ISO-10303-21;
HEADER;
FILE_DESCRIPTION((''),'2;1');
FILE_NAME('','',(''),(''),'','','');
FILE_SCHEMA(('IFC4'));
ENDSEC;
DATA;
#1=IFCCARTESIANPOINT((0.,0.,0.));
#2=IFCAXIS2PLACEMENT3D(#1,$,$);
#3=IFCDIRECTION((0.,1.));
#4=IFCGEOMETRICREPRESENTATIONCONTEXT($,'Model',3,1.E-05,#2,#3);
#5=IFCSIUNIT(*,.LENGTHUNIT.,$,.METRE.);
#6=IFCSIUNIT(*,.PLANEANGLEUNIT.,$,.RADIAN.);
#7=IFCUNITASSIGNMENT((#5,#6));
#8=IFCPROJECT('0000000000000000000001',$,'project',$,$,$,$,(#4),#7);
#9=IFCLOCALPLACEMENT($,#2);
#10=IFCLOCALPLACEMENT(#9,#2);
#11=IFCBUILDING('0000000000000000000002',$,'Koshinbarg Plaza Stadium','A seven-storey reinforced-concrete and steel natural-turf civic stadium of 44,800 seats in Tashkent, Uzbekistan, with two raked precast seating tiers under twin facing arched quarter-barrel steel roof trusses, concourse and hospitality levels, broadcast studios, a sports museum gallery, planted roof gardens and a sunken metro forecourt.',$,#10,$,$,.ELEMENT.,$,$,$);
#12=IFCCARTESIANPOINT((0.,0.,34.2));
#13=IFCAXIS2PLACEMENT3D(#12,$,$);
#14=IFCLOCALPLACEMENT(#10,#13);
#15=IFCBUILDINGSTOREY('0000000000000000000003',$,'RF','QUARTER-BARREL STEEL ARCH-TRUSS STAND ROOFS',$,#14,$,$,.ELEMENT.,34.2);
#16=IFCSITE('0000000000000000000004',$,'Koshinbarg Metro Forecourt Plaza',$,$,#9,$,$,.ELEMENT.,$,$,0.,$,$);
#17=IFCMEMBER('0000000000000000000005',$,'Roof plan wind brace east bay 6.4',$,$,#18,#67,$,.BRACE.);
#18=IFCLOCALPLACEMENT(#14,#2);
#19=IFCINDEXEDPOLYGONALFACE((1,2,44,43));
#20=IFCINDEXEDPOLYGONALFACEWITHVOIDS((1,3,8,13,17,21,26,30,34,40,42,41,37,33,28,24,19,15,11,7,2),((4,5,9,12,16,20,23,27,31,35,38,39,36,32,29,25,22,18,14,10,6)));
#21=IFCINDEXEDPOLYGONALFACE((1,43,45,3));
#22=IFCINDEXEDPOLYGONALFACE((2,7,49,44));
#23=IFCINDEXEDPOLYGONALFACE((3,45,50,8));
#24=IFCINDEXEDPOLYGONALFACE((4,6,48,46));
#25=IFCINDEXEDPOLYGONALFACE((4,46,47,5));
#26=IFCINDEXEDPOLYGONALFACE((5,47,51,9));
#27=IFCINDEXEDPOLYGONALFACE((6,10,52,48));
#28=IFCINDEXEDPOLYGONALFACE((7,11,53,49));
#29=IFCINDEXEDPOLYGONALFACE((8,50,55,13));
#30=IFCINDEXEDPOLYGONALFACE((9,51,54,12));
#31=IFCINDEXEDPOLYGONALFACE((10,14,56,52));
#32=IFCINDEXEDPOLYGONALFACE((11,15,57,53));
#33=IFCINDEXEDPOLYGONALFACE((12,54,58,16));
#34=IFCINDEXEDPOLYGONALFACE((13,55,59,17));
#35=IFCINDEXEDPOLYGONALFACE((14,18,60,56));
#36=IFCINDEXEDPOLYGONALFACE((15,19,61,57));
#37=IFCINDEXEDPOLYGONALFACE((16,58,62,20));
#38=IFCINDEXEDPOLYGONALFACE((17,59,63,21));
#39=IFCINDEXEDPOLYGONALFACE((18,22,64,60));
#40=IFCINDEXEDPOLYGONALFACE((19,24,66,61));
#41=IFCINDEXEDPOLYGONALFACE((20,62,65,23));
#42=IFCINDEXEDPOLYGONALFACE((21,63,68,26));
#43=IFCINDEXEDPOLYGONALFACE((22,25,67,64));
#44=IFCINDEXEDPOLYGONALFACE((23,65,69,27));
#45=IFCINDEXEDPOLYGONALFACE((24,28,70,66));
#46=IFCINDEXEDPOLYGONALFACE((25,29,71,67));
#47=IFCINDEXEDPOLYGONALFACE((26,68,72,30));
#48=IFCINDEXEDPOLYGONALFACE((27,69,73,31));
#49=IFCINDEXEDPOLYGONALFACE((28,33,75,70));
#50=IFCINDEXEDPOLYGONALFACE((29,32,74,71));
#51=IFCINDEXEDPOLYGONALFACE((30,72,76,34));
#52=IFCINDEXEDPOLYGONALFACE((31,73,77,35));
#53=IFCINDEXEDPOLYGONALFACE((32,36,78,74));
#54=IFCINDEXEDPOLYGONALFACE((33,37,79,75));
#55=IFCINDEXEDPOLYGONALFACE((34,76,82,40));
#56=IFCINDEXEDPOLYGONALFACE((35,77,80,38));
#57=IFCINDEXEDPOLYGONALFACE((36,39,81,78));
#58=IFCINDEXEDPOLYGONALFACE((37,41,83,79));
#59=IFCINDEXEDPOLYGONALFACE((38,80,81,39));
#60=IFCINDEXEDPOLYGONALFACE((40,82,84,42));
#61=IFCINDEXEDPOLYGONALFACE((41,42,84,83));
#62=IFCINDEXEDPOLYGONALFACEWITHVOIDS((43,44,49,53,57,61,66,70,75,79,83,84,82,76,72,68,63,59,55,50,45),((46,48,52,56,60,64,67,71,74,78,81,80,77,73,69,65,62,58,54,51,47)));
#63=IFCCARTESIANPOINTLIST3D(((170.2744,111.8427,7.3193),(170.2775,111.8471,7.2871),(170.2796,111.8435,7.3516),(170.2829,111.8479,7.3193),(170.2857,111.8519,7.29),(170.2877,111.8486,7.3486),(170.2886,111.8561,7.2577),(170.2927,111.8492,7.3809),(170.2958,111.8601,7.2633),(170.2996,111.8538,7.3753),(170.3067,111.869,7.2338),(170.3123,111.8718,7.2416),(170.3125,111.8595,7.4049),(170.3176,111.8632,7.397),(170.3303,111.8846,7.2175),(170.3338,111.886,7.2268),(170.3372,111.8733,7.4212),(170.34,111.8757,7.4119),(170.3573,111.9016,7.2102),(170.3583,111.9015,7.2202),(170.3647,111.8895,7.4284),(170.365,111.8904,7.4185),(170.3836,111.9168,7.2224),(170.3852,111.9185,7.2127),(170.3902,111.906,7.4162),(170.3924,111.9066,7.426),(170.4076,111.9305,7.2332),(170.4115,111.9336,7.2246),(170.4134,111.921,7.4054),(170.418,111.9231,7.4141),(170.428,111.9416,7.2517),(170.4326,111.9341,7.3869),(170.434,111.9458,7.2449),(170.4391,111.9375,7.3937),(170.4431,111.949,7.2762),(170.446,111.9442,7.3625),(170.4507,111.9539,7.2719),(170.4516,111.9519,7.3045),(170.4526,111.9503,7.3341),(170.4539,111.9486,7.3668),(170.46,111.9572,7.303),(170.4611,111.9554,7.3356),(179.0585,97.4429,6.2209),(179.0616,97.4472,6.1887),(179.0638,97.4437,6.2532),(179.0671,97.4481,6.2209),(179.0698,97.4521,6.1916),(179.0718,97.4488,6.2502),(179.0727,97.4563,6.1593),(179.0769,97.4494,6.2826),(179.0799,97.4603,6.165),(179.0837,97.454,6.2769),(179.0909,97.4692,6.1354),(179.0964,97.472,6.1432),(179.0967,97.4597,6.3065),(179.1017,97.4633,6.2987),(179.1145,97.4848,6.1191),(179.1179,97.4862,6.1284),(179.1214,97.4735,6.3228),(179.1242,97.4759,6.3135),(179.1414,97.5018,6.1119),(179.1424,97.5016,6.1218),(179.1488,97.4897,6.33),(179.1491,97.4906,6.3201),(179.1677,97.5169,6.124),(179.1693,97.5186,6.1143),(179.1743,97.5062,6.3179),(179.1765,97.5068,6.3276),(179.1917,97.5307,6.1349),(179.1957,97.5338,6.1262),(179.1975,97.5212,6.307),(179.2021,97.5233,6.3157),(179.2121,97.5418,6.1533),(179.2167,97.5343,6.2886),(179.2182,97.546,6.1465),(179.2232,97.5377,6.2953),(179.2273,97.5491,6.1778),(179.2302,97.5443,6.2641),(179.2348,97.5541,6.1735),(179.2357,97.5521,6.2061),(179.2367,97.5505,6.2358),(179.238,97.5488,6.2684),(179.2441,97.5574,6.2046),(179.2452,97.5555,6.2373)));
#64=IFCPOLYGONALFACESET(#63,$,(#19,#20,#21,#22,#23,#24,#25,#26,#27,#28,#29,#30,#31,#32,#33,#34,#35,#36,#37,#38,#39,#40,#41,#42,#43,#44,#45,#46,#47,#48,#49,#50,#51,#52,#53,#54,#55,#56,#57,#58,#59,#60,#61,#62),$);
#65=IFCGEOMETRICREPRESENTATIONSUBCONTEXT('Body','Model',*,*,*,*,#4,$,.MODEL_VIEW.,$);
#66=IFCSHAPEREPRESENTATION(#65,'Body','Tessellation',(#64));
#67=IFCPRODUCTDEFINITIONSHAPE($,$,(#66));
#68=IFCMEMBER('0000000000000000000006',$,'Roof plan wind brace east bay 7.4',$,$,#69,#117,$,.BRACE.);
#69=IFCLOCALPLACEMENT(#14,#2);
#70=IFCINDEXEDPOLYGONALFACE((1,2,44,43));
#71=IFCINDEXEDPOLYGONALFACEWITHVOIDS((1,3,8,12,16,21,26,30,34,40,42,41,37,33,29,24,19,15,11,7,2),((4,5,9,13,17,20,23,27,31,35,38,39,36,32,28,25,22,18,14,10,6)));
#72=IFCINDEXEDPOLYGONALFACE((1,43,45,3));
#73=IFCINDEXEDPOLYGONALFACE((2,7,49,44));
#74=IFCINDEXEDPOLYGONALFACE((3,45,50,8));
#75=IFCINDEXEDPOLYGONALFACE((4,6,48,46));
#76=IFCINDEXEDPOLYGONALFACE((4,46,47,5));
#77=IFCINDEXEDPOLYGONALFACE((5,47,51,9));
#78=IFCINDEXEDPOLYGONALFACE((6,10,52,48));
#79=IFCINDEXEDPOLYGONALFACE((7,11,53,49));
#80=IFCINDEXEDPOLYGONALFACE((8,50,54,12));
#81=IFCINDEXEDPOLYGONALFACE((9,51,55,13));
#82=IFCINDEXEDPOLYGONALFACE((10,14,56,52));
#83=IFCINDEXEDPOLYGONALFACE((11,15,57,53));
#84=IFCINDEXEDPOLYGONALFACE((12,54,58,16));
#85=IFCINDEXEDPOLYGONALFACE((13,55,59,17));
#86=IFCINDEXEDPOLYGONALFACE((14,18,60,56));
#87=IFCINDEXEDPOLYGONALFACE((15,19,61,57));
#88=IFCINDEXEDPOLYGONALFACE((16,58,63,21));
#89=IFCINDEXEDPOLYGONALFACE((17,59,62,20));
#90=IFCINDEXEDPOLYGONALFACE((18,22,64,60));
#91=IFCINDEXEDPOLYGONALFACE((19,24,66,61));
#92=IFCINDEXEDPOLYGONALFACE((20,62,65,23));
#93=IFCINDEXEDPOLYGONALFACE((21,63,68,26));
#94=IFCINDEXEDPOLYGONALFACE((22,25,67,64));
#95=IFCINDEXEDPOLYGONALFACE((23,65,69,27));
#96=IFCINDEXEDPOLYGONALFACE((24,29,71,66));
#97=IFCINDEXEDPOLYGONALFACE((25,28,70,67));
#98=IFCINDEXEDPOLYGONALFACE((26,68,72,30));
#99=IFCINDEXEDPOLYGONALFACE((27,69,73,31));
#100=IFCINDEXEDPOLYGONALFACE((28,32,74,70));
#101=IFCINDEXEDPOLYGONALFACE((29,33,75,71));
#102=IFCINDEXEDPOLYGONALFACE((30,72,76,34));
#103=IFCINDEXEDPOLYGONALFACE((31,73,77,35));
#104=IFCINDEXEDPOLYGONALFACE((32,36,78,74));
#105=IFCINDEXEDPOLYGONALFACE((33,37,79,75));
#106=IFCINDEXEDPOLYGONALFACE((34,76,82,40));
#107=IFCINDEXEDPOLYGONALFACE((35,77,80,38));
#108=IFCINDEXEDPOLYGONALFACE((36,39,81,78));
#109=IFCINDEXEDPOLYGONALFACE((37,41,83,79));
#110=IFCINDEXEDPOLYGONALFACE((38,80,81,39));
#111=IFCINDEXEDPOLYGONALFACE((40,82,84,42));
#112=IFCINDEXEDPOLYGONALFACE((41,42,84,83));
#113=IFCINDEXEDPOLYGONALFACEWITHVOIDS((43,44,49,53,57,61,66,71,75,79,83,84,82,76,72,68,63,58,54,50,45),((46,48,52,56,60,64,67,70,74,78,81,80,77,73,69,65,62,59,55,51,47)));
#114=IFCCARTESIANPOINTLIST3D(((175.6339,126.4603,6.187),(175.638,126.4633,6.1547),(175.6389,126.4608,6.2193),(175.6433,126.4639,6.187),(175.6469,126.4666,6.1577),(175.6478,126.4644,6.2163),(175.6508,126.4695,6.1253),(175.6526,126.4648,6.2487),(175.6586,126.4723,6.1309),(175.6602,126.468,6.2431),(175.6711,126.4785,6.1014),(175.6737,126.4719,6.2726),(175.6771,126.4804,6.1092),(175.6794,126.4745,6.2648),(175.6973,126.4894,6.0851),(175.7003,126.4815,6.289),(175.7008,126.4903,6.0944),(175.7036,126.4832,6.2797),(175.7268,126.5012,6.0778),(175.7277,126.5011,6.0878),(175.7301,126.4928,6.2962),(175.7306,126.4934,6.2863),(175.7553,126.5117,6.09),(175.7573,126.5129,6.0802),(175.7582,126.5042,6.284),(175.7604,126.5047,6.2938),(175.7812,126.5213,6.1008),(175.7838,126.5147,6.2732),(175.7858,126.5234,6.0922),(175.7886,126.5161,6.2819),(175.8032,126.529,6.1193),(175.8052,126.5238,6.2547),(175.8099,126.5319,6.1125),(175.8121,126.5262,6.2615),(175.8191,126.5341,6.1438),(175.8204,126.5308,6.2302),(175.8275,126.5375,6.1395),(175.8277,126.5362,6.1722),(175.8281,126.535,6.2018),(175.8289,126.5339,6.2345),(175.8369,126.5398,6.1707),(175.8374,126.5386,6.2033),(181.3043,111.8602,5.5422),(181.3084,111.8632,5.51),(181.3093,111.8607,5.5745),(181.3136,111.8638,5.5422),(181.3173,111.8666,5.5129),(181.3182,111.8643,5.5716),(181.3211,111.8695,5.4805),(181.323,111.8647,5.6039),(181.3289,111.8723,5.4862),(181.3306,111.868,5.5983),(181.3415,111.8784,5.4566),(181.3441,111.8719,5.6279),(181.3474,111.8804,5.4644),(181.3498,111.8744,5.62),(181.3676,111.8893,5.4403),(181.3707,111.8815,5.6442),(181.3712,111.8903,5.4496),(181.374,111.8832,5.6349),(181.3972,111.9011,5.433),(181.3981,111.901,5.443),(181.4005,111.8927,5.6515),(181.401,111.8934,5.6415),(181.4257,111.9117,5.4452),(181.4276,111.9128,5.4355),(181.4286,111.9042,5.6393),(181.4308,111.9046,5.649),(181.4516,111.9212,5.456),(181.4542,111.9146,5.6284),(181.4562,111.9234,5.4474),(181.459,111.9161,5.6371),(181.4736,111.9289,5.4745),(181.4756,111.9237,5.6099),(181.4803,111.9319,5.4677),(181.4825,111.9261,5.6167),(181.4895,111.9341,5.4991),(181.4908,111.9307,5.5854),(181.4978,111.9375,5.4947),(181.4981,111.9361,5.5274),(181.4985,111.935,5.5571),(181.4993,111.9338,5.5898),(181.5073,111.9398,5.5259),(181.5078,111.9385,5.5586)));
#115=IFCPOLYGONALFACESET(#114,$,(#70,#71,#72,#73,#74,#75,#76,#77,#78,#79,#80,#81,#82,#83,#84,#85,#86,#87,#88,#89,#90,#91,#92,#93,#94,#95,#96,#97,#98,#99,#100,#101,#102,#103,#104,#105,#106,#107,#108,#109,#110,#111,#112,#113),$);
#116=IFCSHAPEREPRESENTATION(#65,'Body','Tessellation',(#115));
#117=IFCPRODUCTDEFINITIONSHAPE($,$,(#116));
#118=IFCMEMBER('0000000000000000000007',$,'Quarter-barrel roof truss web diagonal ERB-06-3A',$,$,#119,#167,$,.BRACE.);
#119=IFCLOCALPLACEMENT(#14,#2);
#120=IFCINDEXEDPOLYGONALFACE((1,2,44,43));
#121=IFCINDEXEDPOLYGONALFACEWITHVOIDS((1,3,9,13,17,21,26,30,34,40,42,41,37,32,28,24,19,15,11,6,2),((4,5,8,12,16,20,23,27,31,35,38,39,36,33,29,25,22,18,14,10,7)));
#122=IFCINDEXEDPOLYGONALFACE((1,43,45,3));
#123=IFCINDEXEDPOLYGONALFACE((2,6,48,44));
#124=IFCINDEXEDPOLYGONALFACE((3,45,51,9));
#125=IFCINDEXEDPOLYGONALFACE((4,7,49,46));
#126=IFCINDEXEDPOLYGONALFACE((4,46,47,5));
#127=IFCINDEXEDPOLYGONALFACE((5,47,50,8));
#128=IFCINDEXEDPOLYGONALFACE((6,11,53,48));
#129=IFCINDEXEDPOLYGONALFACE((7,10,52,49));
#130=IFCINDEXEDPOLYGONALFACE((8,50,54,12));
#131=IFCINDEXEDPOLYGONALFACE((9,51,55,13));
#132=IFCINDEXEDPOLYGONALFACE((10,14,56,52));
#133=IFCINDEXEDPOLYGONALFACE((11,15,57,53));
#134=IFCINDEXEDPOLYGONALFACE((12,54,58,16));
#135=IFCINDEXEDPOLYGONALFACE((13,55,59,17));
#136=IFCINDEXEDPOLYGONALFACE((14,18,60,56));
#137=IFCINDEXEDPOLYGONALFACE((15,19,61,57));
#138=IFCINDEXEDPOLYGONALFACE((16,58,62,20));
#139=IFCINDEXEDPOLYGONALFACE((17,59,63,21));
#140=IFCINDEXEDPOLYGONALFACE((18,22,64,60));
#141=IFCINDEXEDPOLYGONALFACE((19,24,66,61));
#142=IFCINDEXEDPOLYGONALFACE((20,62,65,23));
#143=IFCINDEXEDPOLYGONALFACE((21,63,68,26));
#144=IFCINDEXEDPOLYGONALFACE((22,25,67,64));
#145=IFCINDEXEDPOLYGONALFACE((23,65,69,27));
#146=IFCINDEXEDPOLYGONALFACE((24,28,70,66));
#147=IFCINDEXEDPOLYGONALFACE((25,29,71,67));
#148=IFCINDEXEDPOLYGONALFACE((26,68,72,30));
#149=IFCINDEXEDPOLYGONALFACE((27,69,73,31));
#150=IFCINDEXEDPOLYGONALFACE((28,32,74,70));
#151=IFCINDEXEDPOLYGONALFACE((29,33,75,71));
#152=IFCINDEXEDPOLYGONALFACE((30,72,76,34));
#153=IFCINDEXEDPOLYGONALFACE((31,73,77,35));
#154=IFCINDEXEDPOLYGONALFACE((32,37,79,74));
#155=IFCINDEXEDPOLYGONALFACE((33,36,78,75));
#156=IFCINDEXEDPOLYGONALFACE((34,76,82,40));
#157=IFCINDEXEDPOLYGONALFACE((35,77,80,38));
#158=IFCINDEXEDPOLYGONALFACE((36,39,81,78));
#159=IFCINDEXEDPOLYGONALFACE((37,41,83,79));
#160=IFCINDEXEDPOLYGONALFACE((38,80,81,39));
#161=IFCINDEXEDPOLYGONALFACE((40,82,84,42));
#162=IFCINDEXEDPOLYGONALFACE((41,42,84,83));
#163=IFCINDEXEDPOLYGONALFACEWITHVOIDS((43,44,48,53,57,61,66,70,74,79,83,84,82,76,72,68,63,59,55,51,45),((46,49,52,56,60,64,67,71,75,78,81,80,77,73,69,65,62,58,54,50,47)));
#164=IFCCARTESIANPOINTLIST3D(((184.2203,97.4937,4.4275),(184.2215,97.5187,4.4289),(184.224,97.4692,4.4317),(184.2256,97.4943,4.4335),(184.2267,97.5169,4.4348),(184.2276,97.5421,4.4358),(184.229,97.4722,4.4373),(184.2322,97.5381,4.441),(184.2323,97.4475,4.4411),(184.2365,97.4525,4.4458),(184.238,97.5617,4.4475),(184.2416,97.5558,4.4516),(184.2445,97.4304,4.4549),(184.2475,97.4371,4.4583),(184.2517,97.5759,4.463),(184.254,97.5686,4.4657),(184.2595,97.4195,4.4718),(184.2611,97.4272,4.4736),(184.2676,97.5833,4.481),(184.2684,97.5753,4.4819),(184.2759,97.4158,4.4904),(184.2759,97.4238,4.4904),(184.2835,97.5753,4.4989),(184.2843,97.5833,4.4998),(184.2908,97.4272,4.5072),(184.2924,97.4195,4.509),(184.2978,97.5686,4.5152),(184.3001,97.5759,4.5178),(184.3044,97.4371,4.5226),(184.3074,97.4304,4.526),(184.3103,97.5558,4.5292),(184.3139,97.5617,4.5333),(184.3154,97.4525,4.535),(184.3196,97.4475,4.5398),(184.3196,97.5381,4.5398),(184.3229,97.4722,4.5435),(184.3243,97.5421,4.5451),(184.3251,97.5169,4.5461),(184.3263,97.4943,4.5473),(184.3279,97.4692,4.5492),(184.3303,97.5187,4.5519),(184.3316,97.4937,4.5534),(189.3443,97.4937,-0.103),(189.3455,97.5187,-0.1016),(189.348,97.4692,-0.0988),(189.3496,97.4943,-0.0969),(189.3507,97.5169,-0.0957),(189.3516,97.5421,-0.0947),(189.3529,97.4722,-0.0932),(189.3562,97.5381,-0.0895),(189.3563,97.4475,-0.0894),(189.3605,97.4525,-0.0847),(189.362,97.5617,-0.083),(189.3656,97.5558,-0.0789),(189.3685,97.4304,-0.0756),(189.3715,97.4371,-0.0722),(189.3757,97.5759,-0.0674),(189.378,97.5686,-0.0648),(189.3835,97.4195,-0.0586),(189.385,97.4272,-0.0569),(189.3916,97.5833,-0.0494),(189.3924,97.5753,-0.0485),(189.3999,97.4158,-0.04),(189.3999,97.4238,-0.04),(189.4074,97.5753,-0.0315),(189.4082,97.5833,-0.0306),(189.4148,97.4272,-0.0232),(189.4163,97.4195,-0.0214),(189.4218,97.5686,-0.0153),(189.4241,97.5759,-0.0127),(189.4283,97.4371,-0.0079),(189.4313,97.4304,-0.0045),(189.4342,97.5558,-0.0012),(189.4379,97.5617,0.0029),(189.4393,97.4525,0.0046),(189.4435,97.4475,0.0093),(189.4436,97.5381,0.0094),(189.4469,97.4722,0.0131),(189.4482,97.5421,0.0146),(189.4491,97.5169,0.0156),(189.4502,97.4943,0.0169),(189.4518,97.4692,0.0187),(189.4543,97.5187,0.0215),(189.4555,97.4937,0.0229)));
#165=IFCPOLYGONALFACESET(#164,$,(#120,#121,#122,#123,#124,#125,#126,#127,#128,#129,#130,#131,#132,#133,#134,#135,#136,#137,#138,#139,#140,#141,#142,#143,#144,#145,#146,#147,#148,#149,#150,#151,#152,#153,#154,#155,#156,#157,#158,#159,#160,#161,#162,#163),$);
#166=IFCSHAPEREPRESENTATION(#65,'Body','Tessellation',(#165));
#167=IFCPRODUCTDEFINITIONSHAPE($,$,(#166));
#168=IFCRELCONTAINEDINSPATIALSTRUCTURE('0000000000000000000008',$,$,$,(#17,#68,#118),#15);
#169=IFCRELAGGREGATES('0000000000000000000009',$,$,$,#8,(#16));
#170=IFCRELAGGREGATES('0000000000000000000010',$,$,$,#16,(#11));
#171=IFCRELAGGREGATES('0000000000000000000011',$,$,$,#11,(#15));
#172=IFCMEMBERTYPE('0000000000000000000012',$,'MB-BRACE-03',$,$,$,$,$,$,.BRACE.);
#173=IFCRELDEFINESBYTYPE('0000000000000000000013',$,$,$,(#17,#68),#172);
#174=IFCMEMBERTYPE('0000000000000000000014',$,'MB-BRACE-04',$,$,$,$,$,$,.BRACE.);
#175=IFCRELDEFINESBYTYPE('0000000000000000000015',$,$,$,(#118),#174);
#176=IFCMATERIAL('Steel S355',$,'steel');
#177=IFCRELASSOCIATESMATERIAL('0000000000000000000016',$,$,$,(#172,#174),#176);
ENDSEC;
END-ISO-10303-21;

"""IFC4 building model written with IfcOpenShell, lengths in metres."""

from ifc_helpers import new_model, si_unit, direction, frame, origin, origin_2d, place, context, subcontext, project, spatial, hollow_circle, extrude, material, material_profile, profile_set, type_object, element, save


model = new_model("IFC4")

# Units and contexts
model_context = context("Model", 3, precision=1e-05, world=origin(), true_north=direction((0.0, 1.0)))
body_context = subcontext(model_context, "Body", "Model", "MODEL_VIEW")
ifc_project = project(units=[si_unit("LENGTHUNIT", "METRE"), si_unit("PLANEANGLEUNIT", "RADIAN")], contexts=[model_context])

# Site, building, storey
site_placement = place(None, origin())
site = spatial("IfcSite", under=ifc_project, at=site_placement, Name="Koshinbarg Metro Forecourt Plaza", CompositionType="ELEMENT", RefElevation=0.0)
building_placement = place(site_placement, origin())
building = spatial("IfcBuilding", under=site, at=building_placement, Name="Koshinbarg Plaza Stadium", Description="A seven-storey reinforced-concrete and steel natural-turf civic stadium of 44,800 seats in Tashkent, Uzbekistan, with two raked precast seating tiers under twin facing arched quarter-barrel steel roof trusses, concourse and hospitality levels, broadcast studios, a sports museum gallery, planted roof gardens and a sunken metro forecourt.", CompositionType="ELEMENT")
storey_placement = place(building_placement, frame((0.0, 0.0, 34.2)))
storey = spatial("IfcBuildingStorey", under=building, at=storey_placement, Name="RF", Description="QUARTER-BARREL STEEL ARCH-TRUSS STAND ROOFS", CompositionType="ELEMENT", Elevation=34.2)

# Members
ifc_material_1 = material(Name="Steel S355", Category="steel")
ifc_material_profile_1 = material_profile(ifc_material_1, hollow_circle(Radius=0.1096, WallThickness=0.01, at=origin_2d()), Name="CHS 219.1x10")
ifc_profile_set_1 = profile_set([ifc_material_profile_1], Name="Steel S355")
member_type_1 = type_object("IfcMemberType", Name="MB-BRACE-03", PredefinedType="BRACE", material=ifc_profile_set_1)
member_1_placement = place(storey_placement, frame((179.1521, 97.5, 6.2209), z_axis=(-0.519669, 0.851893, 0.06498), x_axis=(-0.853697, -0.52077, 0.0)))
element("IfcMember", 1, at=member_1_placement, inside=storey, type_object=member_type_1, Name="Roof plan wind brace east bay 6.4", PredefinedType="BRACE", context=body_context, shape_type="SweptSolid", body=[
    extrude(hollow_circle(Radius=0.1096, WallThickness=0.01, at=origin_2d()), origin(), (0.0, 0.0, 1.0), 16.9033),
])
member_2_placement = place(storey_placement, frame((181.4065, 111.8999, 5.5422), z_axis=(-0.361729, 0.931375, 0.041132), x_axis=(-0.932164, -0.362036, 0.0)))
element("IfcMember", 2, at=member_2_placement, inside=storey, type_object=member_type_1, Name="Roof plan wind brace east bay 7.4", PredefinedType="BRACE", context=body_context, shape_type="SweptSolid", body=[
    extrude(hollow_circle(Radius=0.1096, WallThickness=0.01, at=origin_2d()), origin(), (0.0, 0.0, 1.0), 15.6758),
])
ifc_material_profile_2 = material_profile(ifc_material_1, hollow_circle(Radius=0.0842, WallThickness=0.0081, at=origin_2d()), Name="CHS 168.3x8")
ifc_profile_set_2 = profile_set([ifc_material_profile_2], Name="Steel S355")
member_type_2 = type_object("IfcMemberType", Name="MB-BRACE-04", PredefinedType="BRACE", material=ifc_profile_set_2)
member_3_placement = place(storey_placement, frame((189.3999, 97.5, -0.04), z_axis=(-0.749161, 0.0, 0.662387), x_axis=(0.0, -1.0, 0.0)))
element("IfcMember", 3, at=member_3_placement, inside=storey, type_object=member_type_2, Name="Quarter-barrel roof truss web diagonal ERB-06-3A", PredefinedType="BRACE", context=body_context, shape_type="SweptSolid", body=[
    extrude(hollow_circle(Radius=0.0842, WallThickness=0.0081, at=origin_2d()), origin(), (0.0, 0.0, 1.0), 6.8396),
])

save(model, "model.ifc")
